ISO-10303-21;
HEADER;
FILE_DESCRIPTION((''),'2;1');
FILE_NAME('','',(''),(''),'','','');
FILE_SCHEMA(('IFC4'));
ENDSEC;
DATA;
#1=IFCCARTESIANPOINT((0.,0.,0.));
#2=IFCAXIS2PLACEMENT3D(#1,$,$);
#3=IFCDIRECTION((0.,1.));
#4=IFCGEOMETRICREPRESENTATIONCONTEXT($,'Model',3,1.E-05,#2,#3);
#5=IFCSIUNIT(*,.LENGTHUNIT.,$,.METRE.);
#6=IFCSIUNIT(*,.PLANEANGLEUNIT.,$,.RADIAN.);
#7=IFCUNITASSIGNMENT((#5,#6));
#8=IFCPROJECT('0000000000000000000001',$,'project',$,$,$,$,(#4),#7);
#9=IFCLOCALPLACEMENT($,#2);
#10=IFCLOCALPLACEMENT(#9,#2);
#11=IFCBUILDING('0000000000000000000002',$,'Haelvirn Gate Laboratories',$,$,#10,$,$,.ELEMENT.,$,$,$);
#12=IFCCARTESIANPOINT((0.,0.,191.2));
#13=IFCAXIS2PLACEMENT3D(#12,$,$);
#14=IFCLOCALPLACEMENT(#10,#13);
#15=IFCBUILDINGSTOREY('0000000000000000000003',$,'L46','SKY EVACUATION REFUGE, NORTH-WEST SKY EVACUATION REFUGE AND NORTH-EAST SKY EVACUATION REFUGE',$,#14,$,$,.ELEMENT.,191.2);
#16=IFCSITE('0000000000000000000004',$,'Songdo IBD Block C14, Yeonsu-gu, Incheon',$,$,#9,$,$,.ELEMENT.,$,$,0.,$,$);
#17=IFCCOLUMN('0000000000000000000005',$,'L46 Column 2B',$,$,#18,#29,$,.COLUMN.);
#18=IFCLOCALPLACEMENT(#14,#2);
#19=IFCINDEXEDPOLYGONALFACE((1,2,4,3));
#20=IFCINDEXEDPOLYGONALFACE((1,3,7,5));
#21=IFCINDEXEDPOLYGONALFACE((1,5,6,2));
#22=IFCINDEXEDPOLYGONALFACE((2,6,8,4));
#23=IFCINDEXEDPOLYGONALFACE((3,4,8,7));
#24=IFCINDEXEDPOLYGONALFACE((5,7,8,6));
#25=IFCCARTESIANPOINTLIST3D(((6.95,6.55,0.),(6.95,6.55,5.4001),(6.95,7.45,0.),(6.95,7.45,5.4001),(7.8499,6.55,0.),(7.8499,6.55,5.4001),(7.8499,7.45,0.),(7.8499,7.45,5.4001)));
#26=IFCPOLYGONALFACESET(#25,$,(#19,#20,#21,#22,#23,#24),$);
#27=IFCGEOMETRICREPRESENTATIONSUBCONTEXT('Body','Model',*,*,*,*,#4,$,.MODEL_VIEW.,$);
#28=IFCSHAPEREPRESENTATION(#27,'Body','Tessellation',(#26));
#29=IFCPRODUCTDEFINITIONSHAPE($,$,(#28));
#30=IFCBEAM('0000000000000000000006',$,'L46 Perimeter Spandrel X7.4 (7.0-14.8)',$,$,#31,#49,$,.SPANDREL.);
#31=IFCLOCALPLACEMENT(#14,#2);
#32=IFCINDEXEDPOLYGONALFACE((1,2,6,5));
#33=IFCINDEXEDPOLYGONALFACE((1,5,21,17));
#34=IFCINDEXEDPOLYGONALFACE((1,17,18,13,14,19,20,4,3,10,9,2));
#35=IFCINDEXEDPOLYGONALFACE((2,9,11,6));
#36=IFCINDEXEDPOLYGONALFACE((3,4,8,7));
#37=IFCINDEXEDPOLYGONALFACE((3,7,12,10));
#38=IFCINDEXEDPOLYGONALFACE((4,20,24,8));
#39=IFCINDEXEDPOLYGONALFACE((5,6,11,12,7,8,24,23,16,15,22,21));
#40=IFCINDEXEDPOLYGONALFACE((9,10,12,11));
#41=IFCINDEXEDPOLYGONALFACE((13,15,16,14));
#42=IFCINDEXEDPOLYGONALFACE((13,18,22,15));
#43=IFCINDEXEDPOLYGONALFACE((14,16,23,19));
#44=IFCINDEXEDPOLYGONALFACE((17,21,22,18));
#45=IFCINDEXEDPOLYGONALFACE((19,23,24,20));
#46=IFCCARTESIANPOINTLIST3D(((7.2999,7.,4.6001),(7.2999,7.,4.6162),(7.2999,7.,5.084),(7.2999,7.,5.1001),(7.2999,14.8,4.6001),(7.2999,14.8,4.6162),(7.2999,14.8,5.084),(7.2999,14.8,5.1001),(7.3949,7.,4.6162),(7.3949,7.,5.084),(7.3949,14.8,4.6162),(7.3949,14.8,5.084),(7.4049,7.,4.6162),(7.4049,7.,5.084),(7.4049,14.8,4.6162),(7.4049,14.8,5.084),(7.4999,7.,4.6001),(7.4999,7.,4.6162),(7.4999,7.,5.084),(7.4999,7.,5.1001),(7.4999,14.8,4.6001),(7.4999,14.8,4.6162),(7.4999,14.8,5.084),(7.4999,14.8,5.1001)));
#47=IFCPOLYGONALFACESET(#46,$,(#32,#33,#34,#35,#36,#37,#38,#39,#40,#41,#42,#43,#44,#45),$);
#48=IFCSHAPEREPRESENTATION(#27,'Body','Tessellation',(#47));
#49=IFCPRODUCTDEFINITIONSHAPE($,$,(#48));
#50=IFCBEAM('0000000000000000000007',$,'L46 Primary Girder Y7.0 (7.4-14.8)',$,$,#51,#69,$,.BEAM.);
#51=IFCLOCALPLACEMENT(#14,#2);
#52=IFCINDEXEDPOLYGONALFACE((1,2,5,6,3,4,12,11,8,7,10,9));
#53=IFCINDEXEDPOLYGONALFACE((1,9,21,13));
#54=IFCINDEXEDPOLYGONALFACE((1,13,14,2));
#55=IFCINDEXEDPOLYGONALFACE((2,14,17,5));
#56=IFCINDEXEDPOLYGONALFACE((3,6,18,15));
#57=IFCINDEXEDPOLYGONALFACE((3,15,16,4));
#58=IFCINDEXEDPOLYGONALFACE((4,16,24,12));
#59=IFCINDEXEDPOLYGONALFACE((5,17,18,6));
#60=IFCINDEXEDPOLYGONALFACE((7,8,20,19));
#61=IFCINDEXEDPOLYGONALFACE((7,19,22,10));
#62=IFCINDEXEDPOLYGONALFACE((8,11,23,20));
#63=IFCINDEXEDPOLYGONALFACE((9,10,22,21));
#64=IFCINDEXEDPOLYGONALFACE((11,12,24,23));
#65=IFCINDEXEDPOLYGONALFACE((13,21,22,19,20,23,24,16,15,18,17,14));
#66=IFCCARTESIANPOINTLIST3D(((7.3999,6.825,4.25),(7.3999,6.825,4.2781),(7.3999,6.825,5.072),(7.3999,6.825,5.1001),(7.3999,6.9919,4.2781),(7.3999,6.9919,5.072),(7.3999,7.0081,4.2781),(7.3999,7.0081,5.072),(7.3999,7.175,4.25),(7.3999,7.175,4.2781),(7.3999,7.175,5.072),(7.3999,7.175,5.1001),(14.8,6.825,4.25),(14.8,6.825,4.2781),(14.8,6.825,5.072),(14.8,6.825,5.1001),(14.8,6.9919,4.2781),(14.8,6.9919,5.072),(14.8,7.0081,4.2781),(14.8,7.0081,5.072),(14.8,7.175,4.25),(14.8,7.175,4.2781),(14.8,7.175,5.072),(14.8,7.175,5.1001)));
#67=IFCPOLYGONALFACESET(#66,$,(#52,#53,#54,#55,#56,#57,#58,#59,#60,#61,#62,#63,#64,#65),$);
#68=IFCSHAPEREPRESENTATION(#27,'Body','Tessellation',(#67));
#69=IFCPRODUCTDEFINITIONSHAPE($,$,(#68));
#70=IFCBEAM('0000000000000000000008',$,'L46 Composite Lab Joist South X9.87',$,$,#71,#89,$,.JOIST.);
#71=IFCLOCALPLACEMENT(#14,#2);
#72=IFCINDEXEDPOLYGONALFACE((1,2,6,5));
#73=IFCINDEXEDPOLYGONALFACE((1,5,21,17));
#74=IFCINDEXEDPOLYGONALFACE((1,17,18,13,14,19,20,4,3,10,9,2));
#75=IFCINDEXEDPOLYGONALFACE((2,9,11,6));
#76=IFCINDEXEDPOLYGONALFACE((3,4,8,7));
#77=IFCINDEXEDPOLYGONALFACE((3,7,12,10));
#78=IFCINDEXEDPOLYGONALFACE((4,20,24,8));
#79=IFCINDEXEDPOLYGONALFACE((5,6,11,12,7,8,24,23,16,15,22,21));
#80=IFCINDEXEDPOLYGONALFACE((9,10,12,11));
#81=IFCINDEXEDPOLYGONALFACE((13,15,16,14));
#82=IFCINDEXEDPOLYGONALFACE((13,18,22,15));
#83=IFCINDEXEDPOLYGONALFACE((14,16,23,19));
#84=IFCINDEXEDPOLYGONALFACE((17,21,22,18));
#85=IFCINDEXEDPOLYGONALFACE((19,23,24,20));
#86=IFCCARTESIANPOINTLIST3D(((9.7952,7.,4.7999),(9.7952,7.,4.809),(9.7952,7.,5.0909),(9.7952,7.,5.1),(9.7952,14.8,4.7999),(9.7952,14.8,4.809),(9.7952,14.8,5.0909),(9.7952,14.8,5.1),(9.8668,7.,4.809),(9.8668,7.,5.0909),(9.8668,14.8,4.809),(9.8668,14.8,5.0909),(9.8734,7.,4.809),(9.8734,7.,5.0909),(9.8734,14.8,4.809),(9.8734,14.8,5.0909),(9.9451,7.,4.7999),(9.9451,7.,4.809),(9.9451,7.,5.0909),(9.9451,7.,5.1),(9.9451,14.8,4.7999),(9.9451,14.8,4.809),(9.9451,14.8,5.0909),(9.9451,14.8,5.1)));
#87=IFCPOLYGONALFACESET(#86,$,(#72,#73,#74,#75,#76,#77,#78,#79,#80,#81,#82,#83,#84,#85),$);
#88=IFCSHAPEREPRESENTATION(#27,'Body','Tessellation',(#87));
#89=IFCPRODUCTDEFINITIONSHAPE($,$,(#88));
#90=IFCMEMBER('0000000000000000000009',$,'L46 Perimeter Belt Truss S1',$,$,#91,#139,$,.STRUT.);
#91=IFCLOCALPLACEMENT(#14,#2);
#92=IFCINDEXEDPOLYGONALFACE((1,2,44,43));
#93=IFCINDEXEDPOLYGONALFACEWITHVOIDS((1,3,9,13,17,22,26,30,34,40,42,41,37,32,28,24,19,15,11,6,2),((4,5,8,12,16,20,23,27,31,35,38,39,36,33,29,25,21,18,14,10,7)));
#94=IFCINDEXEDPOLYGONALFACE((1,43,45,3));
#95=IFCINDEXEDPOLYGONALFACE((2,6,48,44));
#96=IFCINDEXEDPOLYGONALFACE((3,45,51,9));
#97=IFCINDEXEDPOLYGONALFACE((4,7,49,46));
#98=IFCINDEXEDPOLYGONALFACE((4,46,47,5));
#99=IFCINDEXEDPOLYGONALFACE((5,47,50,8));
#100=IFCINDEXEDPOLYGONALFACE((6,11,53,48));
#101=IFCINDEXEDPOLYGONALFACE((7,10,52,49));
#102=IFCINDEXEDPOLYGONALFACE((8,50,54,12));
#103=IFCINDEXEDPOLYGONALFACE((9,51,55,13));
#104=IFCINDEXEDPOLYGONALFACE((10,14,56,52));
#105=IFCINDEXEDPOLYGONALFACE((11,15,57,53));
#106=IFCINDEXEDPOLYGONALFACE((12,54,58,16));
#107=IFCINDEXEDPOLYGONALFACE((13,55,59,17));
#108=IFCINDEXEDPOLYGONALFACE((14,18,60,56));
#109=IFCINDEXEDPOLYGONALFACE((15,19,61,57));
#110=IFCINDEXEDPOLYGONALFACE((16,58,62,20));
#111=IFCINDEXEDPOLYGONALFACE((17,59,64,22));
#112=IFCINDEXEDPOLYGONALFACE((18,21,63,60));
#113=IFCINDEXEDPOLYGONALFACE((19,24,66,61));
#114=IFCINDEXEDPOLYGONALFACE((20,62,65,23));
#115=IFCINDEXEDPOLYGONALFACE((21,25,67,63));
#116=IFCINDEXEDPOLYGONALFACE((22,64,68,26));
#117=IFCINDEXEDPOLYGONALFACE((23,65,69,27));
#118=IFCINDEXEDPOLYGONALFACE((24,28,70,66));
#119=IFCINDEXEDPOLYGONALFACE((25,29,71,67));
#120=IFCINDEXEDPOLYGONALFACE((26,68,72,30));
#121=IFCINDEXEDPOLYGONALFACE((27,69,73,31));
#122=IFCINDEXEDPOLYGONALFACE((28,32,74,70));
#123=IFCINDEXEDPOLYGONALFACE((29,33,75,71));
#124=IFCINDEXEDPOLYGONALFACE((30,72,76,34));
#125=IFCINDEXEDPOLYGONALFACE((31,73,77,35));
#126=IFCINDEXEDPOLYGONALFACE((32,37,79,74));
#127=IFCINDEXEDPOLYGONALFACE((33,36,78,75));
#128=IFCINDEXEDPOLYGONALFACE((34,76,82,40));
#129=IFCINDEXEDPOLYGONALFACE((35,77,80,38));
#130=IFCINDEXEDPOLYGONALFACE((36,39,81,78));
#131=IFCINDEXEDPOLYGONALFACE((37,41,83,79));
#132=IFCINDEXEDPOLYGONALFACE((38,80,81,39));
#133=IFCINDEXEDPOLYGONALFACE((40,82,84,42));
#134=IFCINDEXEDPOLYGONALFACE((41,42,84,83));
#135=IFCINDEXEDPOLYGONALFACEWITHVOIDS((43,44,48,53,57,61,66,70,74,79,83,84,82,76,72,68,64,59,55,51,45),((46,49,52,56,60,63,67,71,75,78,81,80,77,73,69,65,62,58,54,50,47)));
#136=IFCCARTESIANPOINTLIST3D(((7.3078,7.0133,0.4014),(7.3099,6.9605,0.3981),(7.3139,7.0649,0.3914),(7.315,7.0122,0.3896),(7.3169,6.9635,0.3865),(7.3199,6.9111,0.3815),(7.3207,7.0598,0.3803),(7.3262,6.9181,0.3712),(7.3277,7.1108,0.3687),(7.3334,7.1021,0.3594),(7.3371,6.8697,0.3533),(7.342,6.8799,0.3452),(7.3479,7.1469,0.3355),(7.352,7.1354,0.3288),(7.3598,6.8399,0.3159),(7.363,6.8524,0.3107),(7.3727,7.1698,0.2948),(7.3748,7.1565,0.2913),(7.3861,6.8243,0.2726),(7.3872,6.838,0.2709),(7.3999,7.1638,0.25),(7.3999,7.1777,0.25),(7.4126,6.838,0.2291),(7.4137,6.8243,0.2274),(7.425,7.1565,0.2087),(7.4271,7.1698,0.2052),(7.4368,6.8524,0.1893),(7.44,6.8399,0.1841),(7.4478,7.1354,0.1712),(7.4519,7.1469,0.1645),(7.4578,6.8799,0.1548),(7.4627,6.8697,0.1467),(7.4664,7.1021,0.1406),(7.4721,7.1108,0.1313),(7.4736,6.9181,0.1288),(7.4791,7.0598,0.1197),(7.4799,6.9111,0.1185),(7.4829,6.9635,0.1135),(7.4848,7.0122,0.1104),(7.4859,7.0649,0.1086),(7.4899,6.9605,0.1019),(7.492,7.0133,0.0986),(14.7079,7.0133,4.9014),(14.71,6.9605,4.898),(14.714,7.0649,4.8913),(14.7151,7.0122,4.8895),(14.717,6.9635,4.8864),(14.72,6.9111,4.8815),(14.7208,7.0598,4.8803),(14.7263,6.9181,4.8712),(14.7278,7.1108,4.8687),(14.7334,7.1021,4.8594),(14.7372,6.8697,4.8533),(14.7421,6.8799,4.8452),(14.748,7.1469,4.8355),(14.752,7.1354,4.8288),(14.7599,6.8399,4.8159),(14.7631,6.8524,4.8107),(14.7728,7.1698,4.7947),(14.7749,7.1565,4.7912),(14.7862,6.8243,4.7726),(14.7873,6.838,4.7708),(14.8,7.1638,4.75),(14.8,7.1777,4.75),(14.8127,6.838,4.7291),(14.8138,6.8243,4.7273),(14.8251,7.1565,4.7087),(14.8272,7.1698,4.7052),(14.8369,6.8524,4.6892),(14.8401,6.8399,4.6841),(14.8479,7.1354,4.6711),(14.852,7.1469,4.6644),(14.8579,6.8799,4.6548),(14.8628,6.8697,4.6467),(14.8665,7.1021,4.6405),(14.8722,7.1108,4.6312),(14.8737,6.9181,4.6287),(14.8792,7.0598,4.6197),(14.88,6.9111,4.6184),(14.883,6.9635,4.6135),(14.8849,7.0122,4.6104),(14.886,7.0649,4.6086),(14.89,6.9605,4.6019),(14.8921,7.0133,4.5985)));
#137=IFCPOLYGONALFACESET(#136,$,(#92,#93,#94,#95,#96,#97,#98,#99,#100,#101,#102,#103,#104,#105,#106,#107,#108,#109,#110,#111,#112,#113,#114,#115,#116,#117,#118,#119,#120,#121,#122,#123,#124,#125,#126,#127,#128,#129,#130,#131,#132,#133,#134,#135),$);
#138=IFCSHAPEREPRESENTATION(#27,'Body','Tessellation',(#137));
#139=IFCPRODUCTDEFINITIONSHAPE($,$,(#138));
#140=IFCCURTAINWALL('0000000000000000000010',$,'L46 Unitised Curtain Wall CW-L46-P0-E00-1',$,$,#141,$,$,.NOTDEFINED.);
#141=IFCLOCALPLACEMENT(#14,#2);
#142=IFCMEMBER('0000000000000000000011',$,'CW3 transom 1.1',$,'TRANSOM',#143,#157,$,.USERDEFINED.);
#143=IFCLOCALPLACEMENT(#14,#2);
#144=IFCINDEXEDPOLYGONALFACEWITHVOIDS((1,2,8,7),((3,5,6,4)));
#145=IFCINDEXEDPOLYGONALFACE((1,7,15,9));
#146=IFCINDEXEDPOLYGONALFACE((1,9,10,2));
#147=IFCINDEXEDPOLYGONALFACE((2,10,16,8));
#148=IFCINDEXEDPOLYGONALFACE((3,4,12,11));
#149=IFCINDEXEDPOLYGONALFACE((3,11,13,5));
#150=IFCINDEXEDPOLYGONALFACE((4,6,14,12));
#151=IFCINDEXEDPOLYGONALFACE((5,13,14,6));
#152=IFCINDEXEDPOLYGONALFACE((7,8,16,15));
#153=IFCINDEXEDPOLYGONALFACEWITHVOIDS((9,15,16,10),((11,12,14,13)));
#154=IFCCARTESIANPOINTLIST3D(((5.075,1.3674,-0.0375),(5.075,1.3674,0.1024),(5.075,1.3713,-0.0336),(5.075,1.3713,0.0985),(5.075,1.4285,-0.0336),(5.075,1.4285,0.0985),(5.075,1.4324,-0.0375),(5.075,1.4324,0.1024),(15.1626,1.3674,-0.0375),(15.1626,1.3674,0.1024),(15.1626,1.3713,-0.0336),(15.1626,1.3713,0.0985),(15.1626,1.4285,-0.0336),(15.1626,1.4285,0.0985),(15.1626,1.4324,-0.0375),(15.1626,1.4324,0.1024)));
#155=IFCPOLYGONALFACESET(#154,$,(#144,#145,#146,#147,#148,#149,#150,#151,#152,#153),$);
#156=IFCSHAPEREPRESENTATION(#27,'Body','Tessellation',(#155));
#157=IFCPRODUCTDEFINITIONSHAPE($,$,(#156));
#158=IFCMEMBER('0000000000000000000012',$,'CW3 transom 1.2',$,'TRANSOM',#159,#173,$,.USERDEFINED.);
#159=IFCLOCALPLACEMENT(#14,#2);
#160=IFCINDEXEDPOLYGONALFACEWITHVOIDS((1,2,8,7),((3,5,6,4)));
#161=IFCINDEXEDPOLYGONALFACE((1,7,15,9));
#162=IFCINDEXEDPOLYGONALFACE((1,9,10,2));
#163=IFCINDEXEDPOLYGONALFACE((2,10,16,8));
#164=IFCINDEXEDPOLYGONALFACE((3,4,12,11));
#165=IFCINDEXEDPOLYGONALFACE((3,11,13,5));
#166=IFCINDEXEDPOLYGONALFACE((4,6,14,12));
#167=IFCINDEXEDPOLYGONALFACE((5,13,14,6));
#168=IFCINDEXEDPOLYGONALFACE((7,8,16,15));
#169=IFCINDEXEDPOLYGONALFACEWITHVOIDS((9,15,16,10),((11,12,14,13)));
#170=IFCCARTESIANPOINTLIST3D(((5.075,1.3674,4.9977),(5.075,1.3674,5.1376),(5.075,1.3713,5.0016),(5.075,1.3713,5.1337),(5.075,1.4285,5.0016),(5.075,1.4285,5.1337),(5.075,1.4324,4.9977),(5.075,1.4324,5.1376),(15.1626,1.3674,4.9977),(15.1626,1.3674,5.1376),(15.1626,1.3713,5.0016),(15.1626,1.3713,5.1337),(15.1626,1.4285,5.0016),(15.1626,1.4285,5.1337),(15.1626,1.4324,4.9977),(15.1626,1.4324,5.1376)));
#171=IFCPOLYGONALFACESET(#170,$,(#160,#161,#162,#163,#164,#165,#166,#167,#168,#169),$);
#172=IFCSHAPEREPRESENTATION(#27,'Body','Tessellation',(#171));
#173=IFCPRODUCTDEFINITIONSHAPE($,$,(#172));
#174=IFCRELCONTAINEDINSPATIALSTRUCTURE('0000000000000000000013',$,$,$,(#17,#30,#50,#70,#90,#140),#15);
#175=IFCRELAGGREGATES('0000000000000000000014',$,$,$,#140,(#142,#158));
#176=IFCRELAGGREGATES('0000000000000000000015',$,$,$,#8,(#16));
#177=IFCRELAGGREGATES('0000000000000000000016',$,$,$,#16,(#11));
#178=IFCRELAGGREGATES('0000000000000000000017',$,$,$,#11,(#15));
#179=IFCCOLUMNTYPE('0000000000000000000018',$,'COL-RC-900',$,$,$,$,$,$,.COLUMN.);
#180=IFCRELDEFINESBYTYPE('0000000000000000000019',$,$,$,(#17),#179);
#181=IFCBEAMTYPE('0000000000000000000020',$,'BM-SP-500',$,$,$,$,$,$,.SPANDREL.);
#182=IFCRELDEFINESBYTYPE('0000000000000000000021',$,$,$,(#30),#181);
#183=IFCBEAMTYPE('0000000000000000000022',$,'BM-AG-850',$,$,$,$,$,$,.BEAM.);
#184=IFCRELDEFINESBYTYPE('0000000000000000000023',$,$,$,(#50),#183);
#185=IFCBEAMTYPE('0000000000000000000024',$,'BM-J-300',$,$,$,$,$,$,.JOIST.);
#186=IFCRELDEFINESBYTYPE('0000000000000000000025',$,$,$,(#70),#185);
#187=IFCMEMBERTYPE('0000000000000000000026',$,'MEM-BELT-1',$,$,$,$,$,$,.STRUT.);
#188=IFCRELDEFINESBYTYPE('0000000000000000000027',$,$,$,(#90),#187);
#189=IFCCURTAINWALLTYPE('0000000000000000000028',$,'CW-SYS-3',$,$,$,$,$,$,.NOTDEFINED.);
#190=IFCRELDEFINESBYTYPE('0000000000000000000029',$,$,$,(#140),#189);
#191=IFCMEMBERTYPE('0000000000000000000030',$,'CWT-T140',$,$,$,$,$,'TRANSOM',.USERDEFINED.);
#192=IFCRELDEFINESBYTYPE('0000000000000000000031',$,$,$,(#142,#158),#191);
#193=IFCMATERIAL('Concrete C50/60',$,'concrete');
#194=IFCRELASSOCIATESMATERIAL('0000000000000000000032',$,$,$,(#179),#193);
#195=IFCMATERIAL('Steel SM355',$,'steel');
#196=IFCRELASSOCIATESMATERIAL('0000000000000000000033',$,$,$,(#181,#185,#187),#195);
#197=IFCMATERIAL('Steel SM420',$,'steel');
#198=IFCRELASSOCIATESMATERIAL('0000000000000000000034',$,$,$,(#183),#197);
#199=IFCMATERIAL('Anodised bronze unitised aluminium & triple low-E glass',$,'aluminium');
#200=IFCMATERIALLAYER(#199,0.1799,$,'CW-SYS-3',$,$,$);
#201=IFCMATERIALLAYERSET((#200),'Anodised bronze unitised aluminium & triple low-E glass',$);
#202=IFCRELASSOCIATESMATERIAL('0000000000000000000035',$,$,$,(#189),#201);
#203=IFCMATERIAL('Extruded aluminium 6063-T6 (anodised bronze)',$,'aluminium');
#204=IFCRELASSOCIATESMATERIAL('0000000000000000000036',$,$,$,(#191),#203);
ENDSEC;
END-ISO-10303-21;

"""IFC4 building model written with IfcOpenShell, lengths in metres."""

from ifc_helpers import new_model, si_unit, direction, frame, origin, origin_2d, place, context, subcontext, project, spatial, rectangle, hollow_rectangle, hollow_circle, i_section, extrude, source, transform, mapped, material, layer, layer_set, material_profile, profile_set, type_object, type_shapes, element, aggregate, save


model = new_model("IFC4")

# Units and contexts
model_context = context("Model", 3, precision=1e-05, world=origin(), true_north=direction((0.0, 1.0)))
body_context = subcontext(model_context, "Body", "Model", "MODEL_VIEW")
ifc_project = project(units=[si_unit("LENGTHUNIT", "METRE"), si_unit("PLANEANGLEUNIT", "RADIAN")], contexts=[model_context])

# Site, building, storey
site_placement = place(None, origin())
site = spatial("IfcSite", under=ifc_project, at=site_placement, Name="Songdo IBD Block C14, Yeonsu-gu, Incheon", CompositionType="ELEMENT", RefElevation=0.0)
building_placement = place(site_placement, origin())
building = spatial("IfcBuilding", under=site, at=building_placement, Name="Haelvirn Gate Laboratories", CompositionType="ELEMENT")
storey_placement = place(building_placement, frame((0.0, 0.0, 191.2)))
storey = spatial("IfcBuildingStorey", under=building, at=storey_placement, Name="L46", Description="SKY EVACUATION REFUGE, NORTH-WEST SKY EVACUATION REFUGE AND NORTH-EAST SKY EVACUATION REFUGE", CompositionType="ELEMENT", Elevation=191.2)

# Column
ifc_material_1 = material(Name="Concrete C50/60", Category="concrete")
ifc_material_profile_1 = material_profile(ifc_material_1, rectangle(XDim=0.8999, YDim=0.8999, at=origin_2d()), Name="RC-900x900")
ifc_profile_set_1 = profile_set([ifc_material_profile_1], Name="Concrete C50/60")
column_type = type_object("IfcColumnType", Name="COL-RC-900", PredefinedType="COLUMN", material=ifc_profile_set_1)
shared_shape_1 = source(origin(), body_context, "Body", "SweptSolid", [
    extrude(rectangle(XDim=0.8999, YDim=0.8999, at=origin_2d()), origin(), (0.0, 0.0, 1.0), 5.4001),
])
type_shapes(column_type, [shared_shape_1])
column_placement = place(storey_placement, frame((7.3999, 7.0, 0.0), z_axis=(0.0, 0.0, 1.0), x_axis=(1.0, 0.0, 0.0)))
element("IfcColumn", 1, at=column_placement, inside=storey, type_object=column_type, Name="L46 Column 2B", PredefinedType="COLUMN", context=body_context, shape_type="MappedRepresentation", body=[
    mapped(shared_shape_1, transform((0.0, 0.0, 0.0), scale=1.0)),
])

# Beams
ifc_material_2 = material(Name="Steel SM355", Category="steel")
ifc_material_profile_2 = material_profile(ifc_material_2, i_section(OverallWidth=0.2, OverallDepth=0.5, WebThickness=0.01, FlangeThickness=0.0161, at=origin_2d()), Name="H-500x200x10x16")
ifc_profile_set_2 = profile_set([ifc_material_profile_2], Name="Steel SM355")
beam_type_1 = type_object("IfcBeamType", Name="BM-SP-500", PredefinedType="SPANDREL", material=ifc_profile_set_2)
shared_shape_2 = source(origin(), body_context, "Body", "SweptSolid", [
    extrude(i_section(OverallWidth=0.2, OverallDepth=0.5, WebThickness=0.01, FlangeThickness=0.0161, at=origin_2d()), origin(), (0.0, 0.0, 1.0), 7.8),
])
type_shapes(beam_type_1, [shared_shape_2])
beam_1_placement = place(storey_placement, frame((7.3999, 7.0, 4.8501), z_axis=(0.0, 1.0, 0.0), x_axis=(-1.0, 0.0, 0.0)))
element("IfcBeam", 2, at=beam_1_placement, inside=storey, type_object=beam_type_1, Name="L46 Perimeter Spandrel X7.4 (7.0-14.8)", PredefinedType="SPANDREL", context=body_context, shape_type="MappedRepresentation", body=[
    mapped(shared_shape_2, transform((0.0, 0.0, 0.0), scale=1.0)),
])
ifc_material_3 = material(Name="Steel SM420", Category="steel")
ifc_material_profile_3 = material_profile(ifc_material_3, i_section(OverallWidth=0.3501, OverallDepth=0.8501, WebThickness=0.0161, FlangeThickness=0.0281, at=origin_2d()), Name="H-850x350x16x28")
ifc_profile_set_3 = profile_set([ifc_material_profile_3], Name="Steel SM420")
beam_type_2 = type_object("IfcBeamType", Name="BM-AG-850", PredefinedType="BEAM", material=ifc_profile_set_3)
shared_shape_3 = source(origin(), body_context, "Body", "SweptSolid", [
    extrude(i_section(OverallWidth=0.3501, OverallDepth=0.8501, WebThickness=0.0161, FlangeThickness=0.0281, at=origin_2d()), origin(), (0.0, 0.0, 1.0), 7.4001),
])
type_shapes(beam_type_2, [shared_shape_3])
beam_2_placement = place(storey_placement, frame((7.3999, 7.0, 4.675), z_axis=(1.0, 0.0, 0.0), x_axis=(0.0, 1.0, 0.0)))
element("IfcBeam", 3, at=beam_2_placement, inside=storey, type_object=beam_type_2, Name="L46 Primary Girder Y7.0 (7.4-14.8)", PredefinedType="BEAM", context=body_context, shape_type="MappedRepresentation", body=[
    mapped(shared_shape_3, transform((0.0, 0.0, 0.0), scale=1.0)),
])
ifc_material_profile_4 = material_profile(ifc_material_2, i_section(OverallWidth=0.1499, OverallDepth=0.3, WebThickness=0.0066, FlangeThickness=0.009, at=origin_2d()), Name="H-300x150x6.5x9")
ifc_profile_set_4 = profile_set([ifc_material_profile_4], Name="Steel SM355")
beam_type_3 = type_object("IfcBeamType", Name="BM-J-300", PredefinedType="JOIST", material=ifc_profile_set_4)
shared_shape_4 = source(origin(), body_context, "Body", "SweptSolid", [
    extrude(i_section(OverallWidth=0.1499, OverallDepth=0.3, WebThickness=0.0066, FlangeThickness=0.009, at=origin_2d()), origin(), (0.0, 0.0, 1.0), 7.8),
])
type_shapes(beam_type_3, [shared_shape_4])
beam_3_placement = place(storey_placement, frame((9.8701, 7.0, 4.95), z_axis=(0.0, 1.0, 0.0), x_axis=(-1.0, 0.0, 0.0)))
element("IfcBeam", 4, at=beam_3_placement, inside=storey, type_object=beam_type_3, Name="L46 Composite Lab Joist South X9.87", PredefinedType="JOIST", context=body_context, shape_type="MappedRepresentation", body=[
    mapped(shared_shape_4, transform((0.0, 0.0, 0.0), scale=1.0)),
])

# Member
ifc_material_profile_5 = material_profile(ifc_material_2, hollow_circle(Radius=0.1777, WallThickness=0.0139, at=origin_2d()), Name="CHS-355x14")
ifc_profile_set_5 = profile_set([ifc_material_profile_5], Name="Steel SM355")
member_type_1 = type_object("IfcMemberType", Name="MEM-BELT-1", PredefinedType="STRUT", material=ifc_profile_set_5)
shared_shape_5 = source(origin(), body_context, "Body", "SweptSolid", [
    extrude(hollow_circle(Radius=0.1777, WallThickness=0.0139, at=origin_2d()), origin(), (0.0, 0.0, 1.0), 8.6609),
])
type_shapes(member_type_1, [shared_shape_5])
member_1_placement = place(storey_placement, frame((7.3999, 7.0, 0.25), z_axis=(0.854426, 0.0, 0.519573), x_axis=(0.0, 1.0, 0.0)))
element("IfcMember", 5, at=member_1_placement, inside=storey, type_object=member_type_1, Name="L46 Perimeter Belt Truss S1", PredefinedType="STRUT", context=body_context, shape_type="MappedRepresentation", body=[
    mapped(shared_shape_5, transform((0.0, 0.0, 0.0), scale=1.0)),
])

# Curtain wall, members
ifc_material_4 = material(Name="Anodised bronze unitised aluminium & triple low-E glass", Category="aluminium")
ifc_layer_1 = layer(ifc_material_4, 0.1799, Name="CW-SYS-3")
ifc_layer_set_1 = layer_set([ifc_layer_1], Name="Anodised bronze unitised aluminium & triple low-E glass")
curtain_wall_type_1 = type_object("IfcCurtainWallType", Name="CW-SYS-3", PredefinedType="NOTDEFINED", material=ifc_layer_set_1)
curtain_wall_1_placement = place(storey_placement, origin())
curtain_wall_1 = element("IfcCurtainWall", 6, at=curtain_wall_1_placement, inside=storey, type_object=curtain_wall_type_1, Name="L46 Unitised Curtain Wall CW-L46-P0-E00-1", PredefinedType="NOTDEFINED")
ifc_material_5 = material(Name="Extruded aluminium 6063-T6 (anodised bronze)", Category="aluminium")
ifc_material_profile_6 = material_profile(ifc_material_5, hollow_rectangle(XDim=0.0649, YDim=0.1399, WallThickness=0.0039, at=origin_2d()), Name="CWT-140x65x4")
ifc_profile_set_6 = profile_set([ifc_material_profile_6], Name="Extruded aluminium 6063-T6 (anodised bronze)")
member_type_2 = type_object("IfcMemberType", Name="CWT-T140", ElementType="TRANSOM", PredefinedType="USERDEFINED", material=ifc_profile_set_6)
shared_shape_6 = source(origin(), body_context, "Body", "SweptSolid", [
    extrude(hollow_rectangle(XDim=0.0649, YDim=0.1399, WallThickness=0.0039, at=origin_2d()), origin(), (0.0, 0.0, 1.0), 10.0876),
])
member_2_placement = place(storey_placement, frame((5.075, 1.3999, 0.0325), z_axis=(1.0, 0.0, 0.0), x_axis=(0.0, 1.0, 0.0)))
member_2 = element("IfcMember", 7, at=member_2_placement, type_object=member_type_2, Name="CW3 transom 1.1", ObjectType="TRANSOM", PredefinedType="USERDEFINED", context=body_context, shape_type="MappedRepresentation", body=[
    mapped(shared_shape_6, transform((0.0, 0.0, 0.0), scale=1.0)),
])
member_3_placement = place(storey_placement, frame((5.075, 1.3999, 5.0676), z_axis=(1.0, 0.0, 0.0), x_axis=(0.0, 1.0, 0.0)))
member_3 = element("IfcMember", 8, at=member_3_placement, type_object=member_type_2, Name="CW3 transom 1.2", ObjectType="TRANSOM", PredefinedType="USERDEFINED", context=body_context, shape_type="MappedRepresentation", body=[
    mapped(shared_shape_6, transform((0.0, 0.0, 0.0), scale=1.0)),
])

aggregate(curtain_wall_1, [member_2, member_3])

save(model, "model.ifc")
